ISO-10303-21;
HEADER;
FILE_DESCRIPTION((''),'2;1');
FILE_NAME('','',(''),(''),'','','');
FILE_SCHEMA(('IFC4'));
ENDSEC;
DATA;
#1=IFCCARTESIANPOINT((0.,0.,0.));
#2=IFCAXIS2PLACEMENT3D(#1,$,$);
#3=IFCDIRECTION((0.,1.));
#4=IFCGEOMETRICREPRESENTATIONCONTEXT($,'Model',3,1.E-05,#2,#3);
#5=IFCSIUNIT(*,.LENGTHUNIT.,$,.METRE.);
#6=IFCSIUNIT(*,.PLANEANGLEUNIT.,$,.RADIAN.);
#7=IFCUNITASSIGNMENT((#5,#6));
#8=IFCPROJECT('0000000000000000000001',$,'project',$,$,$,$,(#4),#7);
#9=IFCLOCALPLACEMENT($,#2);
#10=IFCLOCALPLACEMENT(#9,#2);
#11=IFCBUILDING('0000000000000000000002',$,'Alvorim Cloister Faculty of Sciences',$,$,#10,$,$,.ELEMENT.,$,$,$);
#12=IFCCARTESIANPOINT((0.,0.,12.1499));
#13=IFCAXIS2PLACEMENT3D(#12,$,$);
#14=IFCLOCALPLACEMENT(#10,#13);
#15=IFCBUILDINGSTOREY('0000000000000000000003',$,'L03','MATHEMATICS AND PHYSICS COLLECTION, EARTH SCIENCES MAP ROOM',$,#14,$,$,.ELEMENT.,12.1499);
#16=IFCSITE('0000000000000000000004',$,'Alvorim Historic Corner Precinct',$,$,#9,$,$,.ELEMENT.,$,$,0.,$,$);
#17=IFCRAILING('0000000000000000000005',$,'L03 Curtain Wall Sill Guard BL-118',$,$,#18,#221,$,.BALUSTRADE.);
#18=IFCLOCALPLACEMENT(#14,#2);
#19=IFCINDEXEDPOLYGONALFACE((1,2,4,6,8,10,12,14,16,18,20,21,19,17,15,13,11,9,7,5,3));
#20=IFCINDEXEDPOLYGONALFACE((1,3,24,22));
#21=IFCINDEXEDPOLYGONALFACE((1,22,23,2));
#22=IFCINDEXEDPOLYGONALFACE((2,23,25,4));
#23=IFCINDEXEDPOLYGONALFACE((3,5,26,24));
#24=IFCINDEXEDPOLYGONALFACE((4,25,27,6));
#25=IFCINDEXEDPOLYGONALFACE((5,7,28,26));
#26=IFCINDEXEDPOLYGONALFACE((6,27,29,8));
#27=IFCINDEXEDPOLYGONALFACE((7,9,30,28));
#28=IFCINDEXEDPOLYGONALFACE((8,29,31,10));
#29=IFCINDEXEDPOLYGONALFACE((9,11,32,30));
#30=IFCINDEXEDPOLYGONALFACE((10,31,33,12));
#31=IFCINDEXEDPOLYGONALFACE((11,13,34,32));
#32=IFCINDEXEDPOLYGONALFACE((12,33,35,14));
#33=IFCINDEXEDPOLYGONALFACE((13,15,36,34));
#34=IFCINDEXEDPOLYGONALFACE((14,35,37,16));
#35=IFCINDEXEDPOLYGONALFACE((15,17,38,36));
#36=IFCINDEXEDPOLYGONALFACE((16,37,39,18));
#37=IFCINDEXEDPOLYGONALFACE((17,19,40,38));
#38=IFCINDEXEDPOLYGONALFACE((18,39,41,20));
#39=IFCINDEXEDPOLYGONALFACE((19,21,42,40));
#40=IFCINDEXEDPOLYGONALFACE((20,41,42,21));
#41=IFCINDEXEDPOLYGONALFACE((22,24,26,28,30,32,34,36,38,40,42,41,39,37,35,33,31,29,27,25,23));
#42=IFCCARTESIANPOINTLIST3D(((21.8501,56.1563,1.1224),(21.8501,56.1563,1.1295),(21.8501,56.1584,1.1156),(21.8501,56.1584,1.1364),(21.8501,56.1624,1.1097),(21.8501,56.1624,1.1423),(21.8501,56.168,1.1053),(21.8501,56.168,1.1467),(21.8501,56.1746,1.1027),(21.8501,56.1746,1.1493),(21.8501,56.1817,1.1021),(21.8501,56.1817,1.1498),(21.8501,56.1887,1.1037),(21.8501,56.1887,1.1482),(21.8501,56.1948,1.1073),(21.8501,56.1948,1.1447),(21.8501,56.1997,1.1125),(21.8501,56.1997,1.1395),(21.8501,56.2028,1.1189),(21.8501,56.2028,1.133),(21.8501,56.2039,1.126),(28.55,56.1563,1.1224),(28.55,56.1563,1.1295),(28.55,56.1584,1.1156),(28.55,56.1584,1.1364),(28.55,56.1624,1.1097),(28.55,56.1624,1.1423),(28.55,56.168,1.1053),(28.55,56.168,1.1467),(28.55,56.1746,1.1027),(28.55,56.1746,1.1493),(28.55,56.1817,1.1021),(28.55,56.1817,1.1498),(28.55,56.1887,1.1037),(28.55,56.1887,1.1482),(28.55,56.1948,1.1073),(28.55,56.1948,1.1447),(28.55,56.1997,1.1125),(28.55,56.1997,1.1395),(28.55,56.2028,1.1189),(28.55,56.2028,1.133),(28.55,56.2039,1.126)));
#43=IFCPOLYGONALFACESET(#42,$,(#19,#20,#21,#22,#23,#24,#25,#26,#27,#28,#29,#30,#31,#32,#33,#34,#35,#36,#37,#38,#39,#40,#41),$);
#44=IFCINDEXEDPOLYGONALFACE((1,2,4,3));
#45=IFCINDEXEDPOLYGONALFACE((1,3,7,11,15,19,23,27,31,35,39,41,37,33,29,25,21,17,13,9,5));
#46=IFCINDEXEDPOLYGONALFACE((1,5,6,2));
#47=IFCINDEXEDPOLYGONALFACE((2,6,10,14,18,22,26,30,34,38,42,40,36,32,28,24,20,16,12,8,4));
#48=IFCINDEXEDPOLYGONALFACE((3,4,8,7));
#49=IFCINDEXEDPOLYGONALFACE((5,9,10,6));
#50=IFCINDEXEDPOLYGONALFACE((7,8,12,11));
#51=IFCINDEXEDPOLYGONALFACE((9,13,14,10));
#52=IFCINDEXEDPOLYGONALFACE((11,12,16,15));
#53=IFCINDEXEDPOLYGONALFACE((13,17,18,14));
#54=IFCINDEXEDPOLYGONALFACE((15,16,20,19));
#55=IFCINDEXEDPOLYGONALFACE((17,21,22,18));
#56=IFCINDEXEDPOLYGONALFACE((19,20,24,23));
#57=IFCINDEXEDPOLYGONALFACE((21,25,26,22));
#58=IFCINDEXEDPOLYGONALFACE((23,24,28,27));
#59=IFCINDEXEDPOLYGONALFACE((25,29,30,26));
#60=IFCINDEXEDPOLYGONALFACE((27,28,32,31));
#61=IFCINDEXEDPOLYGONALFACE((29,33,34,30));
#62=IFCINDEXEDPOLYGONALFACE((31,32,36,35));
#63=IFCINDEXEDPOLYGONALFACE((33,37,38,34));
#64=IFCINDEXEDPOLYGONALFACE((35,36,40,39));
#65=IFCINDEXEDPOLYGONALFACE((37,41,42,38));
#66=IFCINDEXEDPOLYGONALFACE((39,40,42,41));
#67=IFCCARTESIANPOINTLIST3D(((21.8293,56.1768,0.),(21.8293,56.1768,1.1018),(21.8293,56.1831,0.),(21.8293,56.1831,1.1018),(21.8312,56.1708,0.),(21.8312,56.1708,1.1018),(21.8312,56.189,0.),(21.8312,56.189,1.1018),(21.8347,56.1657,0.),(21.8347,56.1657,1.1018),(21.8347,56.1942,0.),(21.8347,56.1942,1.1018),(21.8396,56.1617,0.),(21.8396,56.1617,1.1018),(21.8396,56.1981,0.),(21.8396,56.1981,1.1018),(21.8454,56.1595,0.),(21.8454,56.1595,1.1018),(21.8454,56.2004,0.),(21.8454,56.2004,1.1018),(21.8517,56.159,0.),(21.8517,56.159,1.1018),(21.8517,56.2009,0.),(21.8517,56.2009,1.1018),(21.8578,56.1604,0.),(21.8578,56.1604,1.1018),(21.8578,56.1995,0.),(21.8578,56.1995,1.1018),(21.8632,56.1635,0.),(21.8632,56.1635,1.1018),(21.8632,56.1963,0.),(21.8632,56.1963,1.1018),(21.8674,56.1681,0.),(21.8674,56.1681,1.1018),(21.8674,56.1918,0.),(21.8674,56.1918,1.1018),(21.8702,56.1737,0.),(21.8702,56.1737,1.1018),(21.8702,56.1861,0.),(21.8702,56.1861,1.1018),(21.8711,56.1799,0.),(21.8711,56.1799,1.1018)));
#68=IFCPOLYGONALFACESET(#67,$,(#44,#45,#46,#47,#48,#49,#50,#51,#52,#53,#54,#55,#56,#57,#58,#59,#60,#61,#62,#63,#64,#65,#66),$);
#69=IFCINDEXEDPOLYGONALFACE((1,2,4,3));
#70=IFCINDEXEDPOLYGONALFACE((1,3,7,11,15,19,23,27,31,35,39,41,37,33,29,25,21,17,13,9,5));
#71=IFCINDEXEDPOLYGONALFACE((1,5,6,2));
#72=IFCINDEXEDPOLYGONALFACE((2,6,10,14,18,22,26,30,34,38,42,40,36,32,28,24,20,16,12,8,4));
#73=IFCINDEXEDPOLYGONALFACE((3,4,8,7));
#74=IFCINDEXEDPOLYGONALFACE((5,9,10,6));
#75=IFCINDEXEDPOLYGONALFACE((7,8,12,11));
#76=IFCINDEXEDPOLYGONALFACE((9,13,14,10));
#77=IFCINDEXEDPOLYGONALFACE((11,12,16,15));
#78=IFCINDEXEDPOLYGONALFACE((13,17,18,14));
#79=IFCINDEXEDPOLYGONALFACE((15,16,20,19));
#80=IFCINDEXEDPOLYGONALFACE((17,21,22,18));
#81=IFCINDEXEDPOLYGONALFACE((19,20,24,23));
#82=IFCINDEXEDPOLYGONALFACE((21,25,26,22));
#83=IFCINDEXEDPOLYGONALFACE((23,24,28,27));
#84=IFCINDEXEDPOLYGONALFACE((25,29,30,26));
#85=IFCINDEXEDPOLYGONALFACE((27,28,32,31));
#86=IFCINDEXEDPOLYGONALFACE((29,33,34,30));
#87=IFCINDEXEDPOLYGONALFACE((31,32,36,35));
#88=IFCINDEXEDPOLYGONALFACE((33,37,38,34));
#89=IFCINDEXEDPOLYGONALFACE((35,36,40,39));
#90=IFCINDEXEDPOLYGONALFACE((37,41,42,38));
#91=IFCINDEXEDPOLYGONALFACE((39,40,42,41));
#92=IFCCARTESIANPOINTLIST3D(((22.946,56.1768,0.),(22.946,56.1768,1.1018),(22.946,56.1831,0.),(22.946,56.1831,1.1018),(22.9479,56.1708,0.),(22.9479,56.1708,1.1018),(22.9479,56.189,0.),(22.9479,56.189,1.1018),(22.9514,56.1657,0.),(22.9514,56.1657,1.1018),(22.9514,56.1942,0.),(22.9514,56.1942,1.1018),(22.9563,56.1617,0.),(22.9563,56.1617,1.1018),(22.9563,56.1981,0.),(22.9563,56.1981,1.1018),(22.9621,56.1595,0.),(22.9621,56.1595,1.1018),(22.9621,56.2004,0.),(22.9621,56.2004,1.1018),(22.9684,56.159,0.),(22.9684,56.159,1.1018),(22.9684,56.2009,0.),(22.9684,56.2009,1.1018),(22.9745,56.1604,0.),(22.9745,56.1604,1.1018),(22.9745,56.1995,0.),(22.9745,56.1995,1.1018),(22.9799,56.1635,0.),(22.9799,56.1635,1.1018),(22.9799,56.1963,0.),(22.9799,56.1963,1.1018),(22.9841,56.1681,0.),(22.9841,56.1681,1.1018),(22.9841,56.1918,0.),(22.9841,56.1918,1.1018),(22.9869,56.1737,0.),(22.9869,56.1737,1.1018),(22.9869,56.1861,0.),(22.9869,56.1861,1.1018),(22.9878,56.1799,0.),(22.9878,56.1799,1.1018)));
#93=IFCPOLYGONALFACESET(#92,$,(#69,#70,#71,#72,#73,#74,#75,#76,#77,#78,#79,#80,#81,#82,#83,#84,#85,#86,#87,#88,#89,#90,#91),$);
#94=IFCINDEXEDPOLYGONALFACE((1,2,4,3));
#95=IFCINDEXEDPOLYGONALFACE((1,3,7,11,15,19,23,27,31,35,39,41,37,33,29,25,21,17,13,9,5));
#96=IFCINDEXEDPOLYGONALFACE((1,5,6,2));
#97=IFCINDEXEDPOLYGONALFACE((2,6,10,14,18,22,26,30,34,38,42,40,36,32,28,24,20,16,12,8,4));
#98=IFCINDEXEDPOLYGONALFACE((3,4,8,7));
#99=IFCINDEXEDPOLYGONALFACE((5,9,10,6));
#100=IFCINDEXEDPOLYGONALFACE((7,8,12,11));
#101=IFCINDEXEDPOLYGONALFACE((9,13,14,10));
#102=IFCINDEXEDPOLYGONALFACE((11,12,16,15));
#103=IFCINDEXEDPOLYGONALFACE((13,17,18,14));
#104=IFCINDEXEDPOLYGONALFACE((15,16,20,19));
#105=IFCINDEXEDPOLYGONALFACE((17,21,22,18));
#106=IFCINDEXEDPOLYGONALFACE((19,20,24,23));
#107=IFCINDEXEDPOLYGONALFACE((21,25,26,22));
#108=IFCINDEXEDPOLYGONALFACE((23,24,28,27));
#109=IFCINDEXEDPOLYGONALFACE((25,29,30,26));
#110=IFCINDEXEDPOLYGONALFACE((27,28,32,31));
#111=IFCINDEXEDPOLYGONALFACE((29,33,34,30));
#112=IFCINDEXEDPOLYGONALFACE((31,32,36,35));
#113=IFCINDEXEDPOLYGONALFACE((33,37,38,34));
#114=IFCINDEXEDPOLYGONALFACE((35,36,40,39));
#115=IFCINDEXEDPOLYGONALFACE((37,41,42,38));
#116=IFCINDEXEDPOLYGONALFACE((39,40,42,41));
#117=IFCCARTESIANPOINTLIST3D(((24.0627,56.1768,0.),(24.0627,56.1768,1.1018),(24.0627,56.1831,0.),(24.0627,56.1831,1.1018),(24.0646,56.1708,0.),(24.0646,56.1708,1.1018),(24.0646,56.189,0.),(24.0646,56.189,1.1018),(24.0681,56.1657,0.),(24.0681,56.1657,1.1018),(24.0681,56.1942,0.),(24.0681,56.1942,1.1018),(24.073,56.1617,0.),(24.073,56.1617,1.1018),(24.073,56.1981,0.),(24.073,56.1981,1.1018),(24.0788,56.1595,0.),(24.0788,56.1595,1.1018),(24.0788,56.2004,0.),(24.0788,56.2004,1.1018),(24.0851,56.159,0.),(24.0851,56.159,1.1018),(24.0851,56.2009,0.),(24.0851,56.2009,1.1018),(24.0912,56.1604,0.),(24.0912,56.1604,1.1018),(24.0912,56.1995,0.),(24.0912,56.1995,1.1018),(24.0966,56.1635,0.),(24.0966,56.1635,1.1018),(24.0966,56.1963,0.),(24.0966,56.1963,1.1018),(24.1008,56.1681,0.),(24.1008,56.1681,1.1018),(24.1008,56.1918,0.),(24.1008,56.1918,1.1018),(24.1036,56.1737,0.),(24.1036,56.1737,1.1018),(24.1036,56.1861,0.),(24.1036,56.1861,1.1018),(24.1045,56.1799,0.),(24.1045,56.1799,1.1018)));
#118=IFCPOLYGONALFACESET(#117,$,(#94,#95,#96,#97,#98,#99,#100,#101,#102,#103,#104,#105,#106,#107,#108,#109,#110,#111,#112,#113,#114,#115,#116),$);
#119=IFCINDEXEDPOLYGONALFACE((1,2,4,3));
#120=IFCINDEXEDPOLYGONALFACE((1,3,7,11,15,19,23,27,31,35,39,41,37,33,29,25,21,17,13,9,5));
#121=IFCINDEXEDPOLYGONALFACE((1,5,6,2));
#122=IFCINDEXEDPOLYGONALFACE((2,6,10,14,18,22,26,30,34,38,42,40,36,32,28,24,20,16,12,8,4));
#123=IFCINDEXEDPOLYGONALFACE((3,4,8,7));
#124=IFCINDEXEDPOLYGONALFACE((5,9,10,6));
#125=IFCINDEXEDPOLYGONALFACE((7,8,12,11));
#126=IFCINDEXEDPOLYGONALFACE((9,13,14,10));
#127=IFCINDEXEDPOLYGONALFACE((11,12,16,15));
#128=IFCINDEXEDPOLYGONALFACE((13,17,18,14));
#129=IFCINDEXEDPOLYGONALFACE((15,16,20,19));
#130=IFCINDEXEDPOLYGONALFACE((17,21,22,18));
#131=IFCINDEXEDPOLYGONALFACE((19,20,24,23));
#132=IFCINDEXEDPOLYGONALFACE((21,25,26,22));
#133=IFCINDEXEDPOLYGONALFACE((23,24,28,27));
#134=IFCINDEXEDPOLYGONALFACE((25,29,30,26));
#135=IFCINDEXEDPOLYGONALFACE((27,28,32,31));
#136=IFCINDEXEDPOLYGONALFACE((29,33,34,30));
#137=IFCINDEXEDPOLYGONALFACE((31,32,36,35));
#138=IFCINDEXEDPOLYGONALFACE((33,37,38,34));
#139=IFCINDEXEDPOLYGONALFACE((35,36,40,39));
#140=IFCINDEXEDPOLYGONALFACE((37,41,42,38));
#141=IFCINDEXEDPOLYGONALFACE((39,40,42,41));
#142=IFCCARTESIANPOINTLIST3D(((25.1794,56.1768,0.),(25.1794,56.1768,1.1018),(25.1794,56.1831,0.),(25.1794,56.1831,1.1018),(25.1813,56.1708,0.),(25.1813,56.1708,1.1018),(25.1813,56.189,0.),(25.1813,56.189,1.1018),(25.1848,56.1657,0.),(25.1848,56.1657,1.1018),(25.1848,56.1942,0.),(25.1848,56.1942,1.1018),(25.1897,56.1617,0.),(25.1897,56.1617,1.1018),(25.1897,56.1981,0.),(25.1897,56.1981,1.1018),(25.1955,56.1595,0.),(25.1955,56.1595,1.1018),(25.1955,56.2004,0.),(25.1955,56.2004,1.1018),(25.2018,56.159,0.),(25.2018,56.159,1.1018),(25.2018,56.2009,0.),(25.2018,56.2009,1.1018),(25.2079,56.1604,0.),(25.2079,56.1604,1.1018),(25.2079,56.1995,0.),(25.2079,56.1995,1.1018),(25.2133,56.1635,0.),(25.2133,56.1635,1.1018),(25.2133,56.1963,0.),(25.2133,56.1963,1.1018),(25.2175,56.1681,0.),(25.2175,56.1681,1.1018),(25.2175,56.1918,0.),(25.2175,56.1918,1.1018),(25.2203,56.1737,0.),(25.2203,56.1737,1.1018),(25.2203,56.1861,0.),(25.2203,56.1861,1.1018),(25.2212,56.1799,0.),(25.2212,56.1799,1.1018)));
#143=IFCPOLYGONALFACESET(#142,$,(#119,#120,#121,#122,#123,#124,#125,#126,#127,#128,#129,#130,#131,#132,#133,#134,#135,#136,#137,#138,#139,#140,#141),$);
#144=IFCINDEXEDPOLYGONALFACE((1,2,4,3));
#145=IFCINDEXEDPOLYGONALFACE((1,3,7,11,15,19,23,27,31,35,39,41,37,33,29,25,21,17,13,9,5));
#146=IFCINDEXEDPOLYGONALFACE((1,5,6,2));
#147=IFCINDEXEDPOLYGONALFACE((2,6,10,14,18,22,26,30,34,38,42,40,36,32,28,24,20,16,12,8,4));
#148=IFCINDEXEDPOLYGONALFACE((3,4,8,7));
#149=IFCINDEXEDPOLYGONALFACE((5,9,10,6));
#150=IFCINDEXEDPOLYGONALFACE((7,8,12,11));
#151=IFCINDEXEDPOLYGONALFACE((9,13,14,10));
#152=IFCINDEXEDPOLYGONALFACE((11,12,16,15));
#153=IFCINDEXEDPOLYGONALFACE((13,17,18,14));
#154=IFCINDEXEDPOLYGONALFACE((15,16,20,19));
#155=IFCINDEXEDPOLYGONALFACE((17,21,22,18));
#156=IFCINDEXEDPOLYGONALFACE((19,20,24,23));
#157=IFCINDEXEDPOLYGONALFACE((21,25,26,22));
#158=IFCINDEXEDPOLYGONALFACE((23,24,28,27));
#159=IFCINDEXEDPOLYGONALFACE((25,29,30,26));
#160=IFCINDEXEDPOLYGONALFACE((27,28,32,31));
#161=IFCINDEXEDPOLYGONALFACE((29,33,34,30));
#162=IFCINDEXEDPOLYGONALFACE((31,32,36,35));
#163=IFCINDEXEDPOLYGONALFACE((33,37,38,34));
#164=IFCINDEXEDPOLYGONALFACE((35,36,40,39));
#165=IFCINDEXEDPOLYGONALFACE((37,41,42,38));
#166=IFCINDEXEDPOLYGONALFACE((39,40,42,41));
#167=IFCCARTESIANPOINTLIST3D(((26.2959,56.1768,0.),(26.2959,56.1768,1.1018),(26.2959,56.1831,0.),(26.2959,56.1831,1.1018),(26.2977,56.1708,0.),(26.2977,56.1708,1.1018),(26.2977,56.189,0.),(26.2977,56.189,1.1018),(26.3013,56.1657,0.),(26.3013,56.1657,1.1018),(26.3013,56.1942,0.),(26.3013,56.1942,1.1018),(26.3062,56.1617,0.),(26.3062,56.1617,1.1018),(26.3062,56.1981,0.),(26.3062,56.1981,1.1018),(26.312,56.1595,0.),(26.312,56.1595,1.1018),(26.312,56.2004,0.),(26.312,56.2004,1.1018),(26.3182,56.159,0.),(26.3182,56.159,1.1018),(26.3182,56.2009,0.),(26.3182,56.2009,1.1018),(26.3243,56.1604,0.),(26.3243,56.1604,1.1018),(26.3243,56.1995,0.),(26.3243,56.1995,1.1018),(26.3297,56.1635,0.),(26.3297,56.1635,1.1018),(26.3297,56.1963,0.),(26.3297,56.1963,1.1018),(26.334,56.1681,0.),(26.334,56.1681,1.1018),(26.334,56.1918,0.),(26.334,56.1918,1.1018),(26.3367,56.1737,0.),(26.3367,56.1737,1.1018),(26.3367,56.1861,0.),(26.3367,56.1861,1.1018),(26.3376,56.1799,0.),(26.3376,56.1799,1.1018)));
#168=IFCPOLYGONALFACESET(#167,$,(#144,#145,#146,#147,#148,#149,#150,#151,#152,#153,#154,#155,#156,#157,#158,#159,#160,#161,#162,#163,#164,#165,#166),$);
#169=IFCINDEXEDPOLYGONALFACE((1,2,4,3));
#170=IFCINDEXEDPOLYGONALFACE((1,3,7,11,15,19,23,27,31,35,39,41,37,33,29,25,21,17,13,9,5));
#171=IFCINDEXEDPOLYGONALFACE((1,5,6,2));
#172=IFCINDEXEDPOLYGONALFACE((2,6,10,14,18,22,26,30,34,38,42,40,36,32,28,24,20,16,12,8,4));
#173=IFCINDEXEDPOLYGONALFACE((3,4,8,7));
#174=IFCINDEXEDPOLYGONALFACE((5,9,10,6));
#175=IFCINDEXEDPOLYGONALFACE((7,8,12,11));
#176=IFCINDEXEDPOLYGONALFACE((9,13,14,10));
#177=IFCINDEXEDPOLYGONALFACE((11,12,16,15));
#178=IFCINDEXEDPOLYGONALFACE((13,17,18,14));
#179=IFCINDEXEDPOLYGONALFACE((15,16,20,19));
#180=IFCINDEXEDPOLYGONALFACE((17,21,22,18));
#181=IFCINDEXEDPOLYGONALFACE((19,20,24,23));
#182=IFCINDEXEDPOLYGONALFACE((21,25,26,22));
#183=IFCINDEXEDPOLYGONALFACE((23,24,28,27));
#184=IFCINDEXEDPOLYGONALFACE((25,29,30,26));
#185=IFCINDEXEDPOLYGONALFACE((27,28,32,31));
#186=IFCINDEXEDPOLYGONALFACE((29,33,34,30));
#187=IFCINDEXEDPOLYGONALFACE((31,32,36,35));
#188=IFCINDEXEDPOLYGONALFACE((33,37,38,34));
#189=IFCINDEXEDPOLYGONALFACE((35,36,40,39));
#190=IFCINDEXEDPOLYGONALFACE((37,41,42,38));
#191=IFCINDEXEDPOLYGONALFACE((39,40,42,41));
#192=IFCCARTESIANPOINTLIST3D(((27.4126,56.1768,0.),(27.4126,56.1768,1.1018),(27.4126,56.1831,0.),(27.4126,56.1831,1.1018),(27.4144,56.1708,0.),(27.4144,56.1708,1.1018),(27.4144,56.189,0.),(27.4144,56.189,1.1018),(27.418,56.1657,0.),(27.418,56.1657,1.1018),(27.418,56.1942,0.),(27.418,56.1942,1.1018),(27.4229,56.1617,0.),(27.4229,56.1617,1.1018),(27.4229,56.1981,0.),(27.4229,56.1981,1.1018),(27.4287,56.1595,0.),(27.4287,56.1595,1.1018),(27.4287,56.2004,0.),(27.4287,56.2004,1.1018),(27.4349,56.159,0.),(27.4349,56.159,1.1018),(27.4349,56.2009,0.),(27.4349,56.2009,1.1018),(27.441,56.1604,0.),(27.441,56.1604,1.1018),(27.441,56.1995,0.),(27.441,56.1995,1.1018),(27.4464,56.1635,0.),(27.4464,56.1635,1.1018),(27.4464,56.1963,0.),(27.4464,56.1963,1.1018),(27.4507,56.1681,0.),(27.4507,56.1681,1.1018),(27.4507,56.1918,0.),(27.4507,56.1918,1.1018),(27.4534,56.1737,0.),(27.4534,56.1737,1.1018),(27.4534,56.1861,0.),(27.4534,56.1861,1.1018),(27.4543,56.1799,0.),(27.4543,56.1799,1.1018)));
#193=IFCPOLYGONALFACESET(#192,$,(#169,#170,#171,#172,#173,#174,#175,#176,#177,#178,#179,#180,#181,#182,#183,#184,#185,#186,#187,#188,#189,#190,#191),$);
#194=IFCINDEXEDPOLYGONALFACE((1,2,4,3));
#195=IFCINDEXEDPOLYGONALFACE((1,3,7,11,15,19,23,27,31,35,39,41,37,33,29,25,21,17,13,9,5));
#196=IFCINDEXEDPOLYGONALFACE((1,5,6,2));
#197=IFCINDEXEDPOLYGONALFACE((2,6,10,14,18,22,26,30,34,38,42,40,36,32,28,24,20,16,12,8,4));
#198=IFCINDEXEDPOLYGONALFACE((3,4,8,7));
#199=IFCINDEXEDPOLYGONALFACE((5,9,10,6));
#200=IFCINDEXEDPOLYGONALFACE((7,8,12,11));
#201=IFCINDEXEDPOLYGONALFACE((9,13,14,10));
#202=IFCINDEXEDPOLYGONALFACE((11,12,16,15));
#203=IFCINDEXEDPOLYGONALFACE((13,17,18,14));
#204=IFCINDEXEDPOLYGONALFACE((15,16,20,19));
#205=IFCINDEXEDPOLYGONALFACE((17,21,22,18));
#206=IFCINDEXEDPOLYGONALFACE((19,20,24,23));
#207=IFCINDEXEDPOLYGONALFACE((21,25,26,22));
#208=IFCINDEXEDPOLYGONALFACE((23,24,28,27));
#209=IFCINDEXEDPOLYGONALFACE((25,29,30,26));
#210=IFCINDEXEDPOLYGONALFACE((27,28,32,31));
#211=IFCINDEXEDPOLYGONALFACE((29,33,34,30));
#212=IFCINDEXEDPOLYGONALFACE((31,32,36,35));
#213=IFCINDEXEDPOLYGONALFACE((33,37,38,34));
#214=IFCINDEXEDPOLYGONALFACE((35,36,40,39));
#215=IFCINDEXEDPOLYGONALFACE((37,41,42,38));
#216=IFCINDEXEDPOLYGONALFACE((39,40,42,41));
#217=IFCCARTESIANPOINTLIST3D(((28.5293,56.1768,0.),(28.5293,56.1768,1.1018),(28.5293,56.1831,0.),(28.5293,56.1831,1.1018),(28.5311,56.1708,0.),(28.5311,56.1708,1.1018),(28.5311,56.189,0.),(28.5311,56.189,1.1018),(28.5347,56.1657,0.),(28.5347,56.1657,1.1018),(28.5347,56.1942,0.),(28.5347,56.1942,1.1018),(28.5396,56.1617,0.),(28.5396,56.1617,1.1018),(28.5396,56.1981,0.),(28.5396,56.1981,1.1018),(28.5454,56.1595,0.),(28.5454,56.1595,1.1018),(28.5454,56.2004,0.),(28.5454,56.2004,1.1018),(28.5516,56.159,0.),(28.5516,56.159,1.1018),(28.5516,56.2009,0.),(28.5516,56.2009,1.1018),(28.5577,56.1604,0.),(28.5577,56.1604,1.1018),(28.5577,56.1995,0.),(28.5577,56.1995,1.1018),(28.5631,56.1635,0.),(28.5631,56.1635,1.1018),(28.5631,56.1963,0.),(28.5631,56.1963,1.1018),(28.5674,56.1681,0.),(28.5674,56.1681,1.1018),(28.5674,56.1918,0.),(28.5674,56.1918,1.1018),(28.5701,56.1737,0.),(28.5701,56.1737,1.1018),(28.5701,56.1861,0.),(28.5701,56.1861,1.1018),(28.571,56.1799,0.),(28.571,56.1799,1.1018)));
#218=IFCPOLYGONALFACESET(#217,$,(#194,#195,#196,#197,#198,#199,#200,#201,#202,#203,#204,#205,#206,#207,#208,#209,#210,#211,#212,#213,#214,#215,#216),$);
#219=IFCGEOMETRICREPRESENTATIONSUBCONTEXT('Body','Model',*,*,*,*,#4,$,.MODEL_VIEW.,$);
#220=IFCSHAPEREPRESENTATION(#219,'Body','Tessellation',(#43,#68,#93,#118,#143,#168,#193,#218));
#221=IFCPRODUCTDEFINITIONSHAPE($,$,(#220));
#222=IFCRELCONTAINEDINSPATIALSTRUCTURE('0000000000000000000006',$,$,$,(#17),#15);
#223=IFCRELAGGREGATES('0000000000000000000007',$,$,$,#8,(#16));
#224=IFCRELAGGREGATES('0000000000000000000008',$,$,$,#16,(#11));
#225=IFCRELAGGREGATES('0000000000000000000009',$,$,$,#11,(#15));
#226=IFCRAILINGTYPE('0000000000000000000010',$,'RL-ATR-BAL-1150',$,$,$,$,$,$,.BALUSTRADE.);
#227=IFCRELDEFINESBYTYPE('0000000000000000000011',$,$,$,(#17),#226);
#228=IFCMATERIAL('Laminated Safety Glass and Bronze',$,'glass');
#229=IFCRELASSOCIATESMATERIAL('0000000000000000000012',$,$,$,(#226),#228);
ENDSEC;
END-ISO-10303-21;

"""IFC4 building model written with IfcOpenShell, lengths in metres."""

from ifc_helpers import new_model, si_unit, direction, frame, origin, origin_2d, place, context, subcontext, project, spatial, circle, extrude, material, type_object, element, save


model = new_model("IFC4")

# Units and contexts
model_context = context("Model", 3, precision=1e-05, world=origin(), true_north=direction((0.0, 1.0)))
body_context = subcontext(model_context, "Body", "Model", "MODEL_VIEW")
ifc_project = project(units=[si_unit("LENGTHUNIT", "METRE"), si_unit("PLANEANGLEUNIT", "RADIAN")], contexts=[model_context])

# Site, building, storey
site_placement = place(None, origin())
site = spatial("IfcSite", under=ifc_project, at=site_placement, Name="Alvorim Historic Corner Precinct", CompositionType="ELEMENT", RefElevation=0.0)
building_placement = place(site_placement, origin())
building = spatial("IfcBuilding", under=site, at=building_placement, Name="Alvorim Cloister Faculty of Sciences", CompositionType="ELEMENT")
storey_placement = place(building_placement, frame((0.0, 0.0, 12.1499)))
storey = spatial("IfcBuildingStorey", under=building, at=storey_placement, Name="L03", Description="MATHEMATICS AND PHYSICS COLLECTION, EARTH SCIENCES MAP ROOM", CompositionType="ELEMENT", Elevation=12.1499)

# Railing
ifc_material_1 = material(Name="Laminated Safety Glass and Bronze", Category="glass")
railing_type = type_object("IfcRailingType", Name="RL-ATR-BAL-1150", PredefinedType="BALUSTRADE", material=ifc_material_1)
railing_placement = place(storey_placement, frame((21.8501, 56.1799, 0.0)))
element("IfcRailing", 1, at=railing_placement, inside=storey, type_object=railing_type, Name="L03 Curtain Wall Sill Guard BL-118", PredefinedType="BALUSTRADE", context=body_context, shape_type="SweptSolid", body=[
    extrude(circle(Radius=0.0239, at=origin_2d()), frame((0.0, 0.0, 1.126), z_axis=(1.0, 0.0, 0.0), x_axis=(0.0, 1.0, 0.0)), (0.0, 0.0, 1.0), 6.7),
    extrude(circle(Radius=0.021, at=origin_2d()), origin(), (0.0, 0.0, 1.0), 1.1018),
    extrude(circle(Radius=0.021, at=origin_2d()), frame((1.1167, 0.0, 0.0)), (0.0, 0.0, 1.0), 1.1018),
    extrude(circle(Radius=0.021, at=origin_2d()), frame((2.2334, 0.0, 0.0)), (0.0, 0.0, 1.0), 1.1018),
    extrude(circle(Radius=0.021, at=origin_2d()), frame((3.3501, 0.0, 0.0)), (0.0, 0.0, 1.0), 1.1018),
    extrude(circle(Radius=0.021, at=origin_2d()), frame((4.4666, 0.0, 0.0)), (0.0, 0.0, 1.0), 1.1018),
    extrude(circle(Radius=0.021, at=origin_2d()), frame((5.5833, 0.0, 0.0)), (0.0, 0.0, 1.0), 1.1018),
    extrude(circle(Radius=0.021, at=origin_2d()), frame((6.7, 0.0, 0.0)), (0.0, 0.0, 1.0), 1.1018),
])

save(model, "model.ifc")
